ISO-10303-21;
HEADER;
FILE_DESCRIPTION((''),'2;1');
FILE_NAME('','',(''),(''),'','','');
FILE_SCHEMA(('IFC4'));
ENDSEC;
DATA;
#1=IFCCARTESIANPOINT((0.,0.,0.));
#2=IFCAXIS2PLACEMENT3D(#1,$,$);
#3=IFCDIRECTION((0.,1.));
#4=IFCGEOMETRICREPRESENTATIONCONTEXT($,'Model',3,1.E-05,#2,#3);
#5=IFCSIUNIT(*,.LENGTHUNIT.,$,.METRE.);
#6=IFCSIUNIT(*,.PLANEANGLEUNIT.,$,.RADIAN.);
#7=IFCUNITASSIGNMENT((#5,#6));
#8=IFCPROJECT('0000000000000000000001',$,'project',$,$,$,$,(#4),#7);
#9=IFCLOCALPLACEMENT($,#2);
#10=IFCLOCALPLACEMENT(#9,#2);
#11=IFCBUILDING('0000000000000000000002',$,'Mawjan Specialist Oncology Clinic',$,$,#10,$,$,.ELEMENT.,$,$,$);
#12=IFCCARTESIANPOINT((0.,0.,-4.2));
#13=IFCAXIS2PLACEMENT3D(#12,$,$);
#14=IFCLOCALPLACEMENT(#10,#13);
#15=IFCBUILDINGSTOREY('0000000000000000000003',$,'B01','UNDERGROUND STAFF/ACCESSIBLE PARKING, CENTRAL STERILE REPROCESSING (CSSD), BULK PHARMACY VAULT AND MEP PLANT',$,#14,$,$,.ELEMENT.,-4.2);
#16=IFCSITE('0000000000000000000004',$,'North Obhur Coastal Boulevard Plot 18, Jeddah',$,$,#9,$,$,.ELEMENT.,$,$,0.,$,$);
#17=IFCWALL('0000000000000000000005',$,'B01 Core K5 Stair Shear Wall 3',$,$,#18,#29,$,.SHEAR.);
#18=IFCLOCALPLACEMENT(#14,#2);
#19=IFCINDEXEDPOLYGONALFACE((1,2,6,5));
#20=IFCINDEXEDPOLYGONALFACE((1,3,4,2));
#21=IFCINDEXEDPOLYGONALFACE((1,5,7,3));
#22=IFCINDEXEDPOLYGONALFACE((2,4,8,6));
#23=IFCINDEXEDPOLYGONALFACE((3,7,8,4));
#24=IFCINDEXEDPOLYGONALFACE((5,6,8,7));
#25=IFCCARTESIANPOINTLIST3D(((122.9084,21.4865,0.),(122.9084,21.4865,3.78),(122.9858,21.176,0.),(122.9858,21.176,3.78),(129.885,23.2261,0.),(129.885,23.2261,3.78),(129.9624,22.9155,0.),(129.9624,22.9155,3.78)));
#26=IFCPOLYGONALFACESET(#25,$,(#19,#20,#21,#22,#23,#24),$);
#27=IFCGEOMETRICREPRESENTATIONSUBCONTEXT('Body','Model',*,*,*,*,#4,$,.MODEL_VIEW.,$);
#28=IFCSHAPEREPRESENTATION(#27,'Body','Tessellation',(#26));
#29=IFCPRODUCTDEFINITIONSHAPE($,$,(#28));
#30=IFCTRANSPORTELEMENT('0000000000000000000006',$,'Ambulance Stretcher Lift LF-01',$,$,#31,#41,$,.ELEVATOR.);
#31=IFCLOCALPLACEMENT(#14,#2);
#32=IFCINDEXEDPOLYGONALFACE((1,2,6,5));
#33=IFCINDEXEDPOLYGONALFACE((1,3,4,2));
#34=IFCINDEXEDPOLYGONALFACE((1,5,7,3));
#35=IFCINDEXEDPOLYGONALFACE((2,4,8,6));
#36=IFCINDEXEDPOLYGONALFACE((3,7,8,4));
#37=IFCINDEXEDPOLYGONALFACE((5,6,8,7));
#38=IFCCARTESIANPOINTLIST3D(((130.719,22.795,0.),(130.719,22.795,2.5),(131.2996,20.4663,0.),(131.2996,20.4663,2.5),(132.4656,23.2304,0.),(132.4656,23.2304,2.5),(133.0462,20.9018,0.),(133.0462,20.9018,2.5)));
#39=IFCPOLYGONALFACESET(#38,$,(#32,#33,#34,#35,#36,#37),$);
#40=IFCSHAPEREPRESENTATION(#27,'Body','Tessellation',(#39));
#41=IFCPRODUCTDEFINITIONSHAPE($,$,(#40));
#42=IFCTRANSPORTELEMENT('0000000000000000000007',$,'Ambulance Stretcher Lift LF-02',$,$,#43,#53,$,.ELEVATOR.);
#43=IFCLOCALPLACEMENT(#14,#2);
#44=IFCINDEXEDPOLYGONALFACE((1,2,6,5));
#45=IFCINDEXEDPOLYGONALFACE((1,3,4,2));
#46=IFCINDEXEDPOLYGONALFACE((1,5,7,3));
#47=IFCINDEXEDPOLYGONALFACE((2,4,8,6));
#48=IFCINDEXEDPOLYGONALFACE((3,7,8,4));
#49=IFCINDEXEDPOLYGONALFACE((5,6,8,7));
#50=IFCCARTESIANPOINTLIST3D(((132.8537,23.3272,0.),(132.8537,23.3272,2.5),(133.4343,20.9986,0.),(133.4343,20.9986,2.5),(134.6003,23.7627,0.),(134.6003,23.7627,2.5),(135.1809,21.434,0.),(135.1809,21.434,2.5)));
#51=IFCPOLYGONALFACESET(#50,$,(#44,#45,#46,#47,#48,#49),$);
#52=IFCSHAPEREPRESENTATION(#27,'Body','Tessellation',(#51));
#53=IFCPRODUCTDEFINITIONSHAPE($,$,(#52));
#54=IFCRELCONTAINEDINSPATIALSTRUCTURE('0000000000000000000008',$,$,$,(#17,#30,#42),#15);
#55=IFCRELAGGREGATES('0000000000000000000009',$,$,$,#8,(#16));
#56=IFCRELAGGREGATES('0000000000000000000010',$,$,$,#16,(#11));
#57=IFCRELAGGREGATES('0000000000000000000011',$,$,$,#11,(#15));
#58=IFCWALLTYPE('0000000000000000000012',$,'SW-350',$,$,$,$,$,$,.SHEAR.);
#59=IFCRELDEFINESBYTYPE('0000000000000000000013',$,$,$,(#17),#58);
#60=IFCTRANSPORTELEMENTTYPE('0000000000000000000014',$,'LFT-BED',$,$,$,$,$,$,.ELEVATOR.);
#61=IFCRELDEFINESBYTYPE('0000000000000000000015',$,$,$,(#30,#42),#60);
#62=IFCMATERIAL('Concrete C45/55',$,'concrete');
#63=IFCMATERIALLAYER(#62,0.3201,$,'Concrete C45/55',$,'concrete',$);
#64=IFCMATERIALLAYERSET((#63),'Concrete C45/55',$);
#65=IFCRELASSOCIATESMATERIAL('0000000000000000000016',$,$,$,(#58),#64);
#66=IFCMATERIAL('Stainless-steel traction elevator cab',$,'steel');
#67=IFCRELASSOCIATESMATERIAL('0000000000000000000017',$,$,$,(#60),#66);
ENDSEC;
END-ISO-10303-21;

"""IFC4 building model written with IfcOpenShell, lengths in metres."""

from ifc_helpers import new_model, si_unit, direction, frame, frame_2d, origin, origin_2d, place, context, subcontext, project, spatial, rectangle, extrude, material, layer, layer_set, type_object, element, save


model = new_model("IFC4")

# Units and contexts
model_context = context("Model", 3, precision=1e-05, world=origin(), true_north=direction((0.0, 1.0)))
body_context = subcontext(model_context, "Body", "Model", "MODEL_VIEW")
ifc_project = project(units=[si_unit("LENGTHUNIT", "METRE"), si_unit("PLANEANGLEUNIT", "RADIAN")], contexts=[model_context])

# Site, building, storey
site_placement = place(None, origin())
site = spatial("IfcSite", under=ifc_project, at=site_placement, Name="North Obhur Coastal Boulevard Plot 18, Jeddah", CompositionType="ELEMENT", RefElevation=0.0)
building_placement = place(site_placement, origin())
building = spatial("IfcBuilding", under=site, at=building_placement, Name="Mawjan Specialist Oncology Clinic", CompositionType="ELEMENT")
storey_placement = place(building_placement, frame((0.0, 0.0, -4.2)))
storey = spatial("IfcBuildingStorey", under=building, at=storey_placement, Name="B01", Description="UNDERGROUND STAFF/ACCESSIBLE PARKING, CENTRAL STERILE REPROCESSING (CSSD), BULK PHARMACY VAULT AND MEP PLANT", CompositionType="ELEMENT", Elevation=-4.2)

# Wall
ifc_material_1 = material(Name="Concrete C45/55", Category="concrete")
ifc_layer_1 = layer(ifc_material_1, 0.3201, Name="Concrete C45/55", Category="concrete")
ifc_layer_set_1 = layer_set([ifc_layer_1], Name="Concrete C45/55")
wall_type_1 = type_object("IfcWallType", Name="SW-350", PredefinedType="SHEAR", material=ifc_layer_set_1)
wall_1_placement = place(storey_placement, frame((129.9238, 23.0708, 0.0), z_axis=(0.0, 0.0, 1.0), x_axis=(-0.970294, -0.241928, 0.0)))
element("IfcWall", 1, at=wall_1_placement, inside=storey, type_object=wall_type_1, Name="B01 Core K5 Stair Shear Wall 3", PredefinedType="SHEAR", context=body_context, shape_type="SweptSolid", body=[
    extrude(rectangle(XDim=7.1902, YDim=0.3201, at=frame_2d((3.5952, 0.0))), origin(), (0.0, 0.0, 1.0), 3.78),
])

# Transport elements
ifc_material_2 = material(Name="Stainless-steel traction elevator cab", Category="steel")
transport_element_type = type_object("IfcTransportElementType", Name="LFT-BED", PredefinedType="ELEVATOR", material=ifc_material_2)
for number, where, z_axis, x_axis, name in (
    (2, (131.8826, 21.8484, 0.0), (0.0, 0.0, 1.0), (0.970296, 0.241922, 0.0), "Ambulance Stretcher Lift LF-01"),
    (3, (134.0173, 22.3806, 0.0), (0.0, 0.0, 1.0), (0.970296, 0.241922, 0.0), "Ambulance Stretcher Lift LF-02"),
):
    element("IfcTransportElement", number, at=place(storey_placement, frame(where, z_axis=z_axis, x_axis=x_axis)), inside=storey, type_object=transport_element_type, Name=name, PredefinedType="ELEVATOR", context=body_context, shape_type="SweptSolid", body=[
        extrude(rectangle(XDim=1.8, YDim=2.3999, at=origin_2d()), origin(), (0.0, 0.0, 1.0), 2.5),
    ])

save(model, "model.ifc")
